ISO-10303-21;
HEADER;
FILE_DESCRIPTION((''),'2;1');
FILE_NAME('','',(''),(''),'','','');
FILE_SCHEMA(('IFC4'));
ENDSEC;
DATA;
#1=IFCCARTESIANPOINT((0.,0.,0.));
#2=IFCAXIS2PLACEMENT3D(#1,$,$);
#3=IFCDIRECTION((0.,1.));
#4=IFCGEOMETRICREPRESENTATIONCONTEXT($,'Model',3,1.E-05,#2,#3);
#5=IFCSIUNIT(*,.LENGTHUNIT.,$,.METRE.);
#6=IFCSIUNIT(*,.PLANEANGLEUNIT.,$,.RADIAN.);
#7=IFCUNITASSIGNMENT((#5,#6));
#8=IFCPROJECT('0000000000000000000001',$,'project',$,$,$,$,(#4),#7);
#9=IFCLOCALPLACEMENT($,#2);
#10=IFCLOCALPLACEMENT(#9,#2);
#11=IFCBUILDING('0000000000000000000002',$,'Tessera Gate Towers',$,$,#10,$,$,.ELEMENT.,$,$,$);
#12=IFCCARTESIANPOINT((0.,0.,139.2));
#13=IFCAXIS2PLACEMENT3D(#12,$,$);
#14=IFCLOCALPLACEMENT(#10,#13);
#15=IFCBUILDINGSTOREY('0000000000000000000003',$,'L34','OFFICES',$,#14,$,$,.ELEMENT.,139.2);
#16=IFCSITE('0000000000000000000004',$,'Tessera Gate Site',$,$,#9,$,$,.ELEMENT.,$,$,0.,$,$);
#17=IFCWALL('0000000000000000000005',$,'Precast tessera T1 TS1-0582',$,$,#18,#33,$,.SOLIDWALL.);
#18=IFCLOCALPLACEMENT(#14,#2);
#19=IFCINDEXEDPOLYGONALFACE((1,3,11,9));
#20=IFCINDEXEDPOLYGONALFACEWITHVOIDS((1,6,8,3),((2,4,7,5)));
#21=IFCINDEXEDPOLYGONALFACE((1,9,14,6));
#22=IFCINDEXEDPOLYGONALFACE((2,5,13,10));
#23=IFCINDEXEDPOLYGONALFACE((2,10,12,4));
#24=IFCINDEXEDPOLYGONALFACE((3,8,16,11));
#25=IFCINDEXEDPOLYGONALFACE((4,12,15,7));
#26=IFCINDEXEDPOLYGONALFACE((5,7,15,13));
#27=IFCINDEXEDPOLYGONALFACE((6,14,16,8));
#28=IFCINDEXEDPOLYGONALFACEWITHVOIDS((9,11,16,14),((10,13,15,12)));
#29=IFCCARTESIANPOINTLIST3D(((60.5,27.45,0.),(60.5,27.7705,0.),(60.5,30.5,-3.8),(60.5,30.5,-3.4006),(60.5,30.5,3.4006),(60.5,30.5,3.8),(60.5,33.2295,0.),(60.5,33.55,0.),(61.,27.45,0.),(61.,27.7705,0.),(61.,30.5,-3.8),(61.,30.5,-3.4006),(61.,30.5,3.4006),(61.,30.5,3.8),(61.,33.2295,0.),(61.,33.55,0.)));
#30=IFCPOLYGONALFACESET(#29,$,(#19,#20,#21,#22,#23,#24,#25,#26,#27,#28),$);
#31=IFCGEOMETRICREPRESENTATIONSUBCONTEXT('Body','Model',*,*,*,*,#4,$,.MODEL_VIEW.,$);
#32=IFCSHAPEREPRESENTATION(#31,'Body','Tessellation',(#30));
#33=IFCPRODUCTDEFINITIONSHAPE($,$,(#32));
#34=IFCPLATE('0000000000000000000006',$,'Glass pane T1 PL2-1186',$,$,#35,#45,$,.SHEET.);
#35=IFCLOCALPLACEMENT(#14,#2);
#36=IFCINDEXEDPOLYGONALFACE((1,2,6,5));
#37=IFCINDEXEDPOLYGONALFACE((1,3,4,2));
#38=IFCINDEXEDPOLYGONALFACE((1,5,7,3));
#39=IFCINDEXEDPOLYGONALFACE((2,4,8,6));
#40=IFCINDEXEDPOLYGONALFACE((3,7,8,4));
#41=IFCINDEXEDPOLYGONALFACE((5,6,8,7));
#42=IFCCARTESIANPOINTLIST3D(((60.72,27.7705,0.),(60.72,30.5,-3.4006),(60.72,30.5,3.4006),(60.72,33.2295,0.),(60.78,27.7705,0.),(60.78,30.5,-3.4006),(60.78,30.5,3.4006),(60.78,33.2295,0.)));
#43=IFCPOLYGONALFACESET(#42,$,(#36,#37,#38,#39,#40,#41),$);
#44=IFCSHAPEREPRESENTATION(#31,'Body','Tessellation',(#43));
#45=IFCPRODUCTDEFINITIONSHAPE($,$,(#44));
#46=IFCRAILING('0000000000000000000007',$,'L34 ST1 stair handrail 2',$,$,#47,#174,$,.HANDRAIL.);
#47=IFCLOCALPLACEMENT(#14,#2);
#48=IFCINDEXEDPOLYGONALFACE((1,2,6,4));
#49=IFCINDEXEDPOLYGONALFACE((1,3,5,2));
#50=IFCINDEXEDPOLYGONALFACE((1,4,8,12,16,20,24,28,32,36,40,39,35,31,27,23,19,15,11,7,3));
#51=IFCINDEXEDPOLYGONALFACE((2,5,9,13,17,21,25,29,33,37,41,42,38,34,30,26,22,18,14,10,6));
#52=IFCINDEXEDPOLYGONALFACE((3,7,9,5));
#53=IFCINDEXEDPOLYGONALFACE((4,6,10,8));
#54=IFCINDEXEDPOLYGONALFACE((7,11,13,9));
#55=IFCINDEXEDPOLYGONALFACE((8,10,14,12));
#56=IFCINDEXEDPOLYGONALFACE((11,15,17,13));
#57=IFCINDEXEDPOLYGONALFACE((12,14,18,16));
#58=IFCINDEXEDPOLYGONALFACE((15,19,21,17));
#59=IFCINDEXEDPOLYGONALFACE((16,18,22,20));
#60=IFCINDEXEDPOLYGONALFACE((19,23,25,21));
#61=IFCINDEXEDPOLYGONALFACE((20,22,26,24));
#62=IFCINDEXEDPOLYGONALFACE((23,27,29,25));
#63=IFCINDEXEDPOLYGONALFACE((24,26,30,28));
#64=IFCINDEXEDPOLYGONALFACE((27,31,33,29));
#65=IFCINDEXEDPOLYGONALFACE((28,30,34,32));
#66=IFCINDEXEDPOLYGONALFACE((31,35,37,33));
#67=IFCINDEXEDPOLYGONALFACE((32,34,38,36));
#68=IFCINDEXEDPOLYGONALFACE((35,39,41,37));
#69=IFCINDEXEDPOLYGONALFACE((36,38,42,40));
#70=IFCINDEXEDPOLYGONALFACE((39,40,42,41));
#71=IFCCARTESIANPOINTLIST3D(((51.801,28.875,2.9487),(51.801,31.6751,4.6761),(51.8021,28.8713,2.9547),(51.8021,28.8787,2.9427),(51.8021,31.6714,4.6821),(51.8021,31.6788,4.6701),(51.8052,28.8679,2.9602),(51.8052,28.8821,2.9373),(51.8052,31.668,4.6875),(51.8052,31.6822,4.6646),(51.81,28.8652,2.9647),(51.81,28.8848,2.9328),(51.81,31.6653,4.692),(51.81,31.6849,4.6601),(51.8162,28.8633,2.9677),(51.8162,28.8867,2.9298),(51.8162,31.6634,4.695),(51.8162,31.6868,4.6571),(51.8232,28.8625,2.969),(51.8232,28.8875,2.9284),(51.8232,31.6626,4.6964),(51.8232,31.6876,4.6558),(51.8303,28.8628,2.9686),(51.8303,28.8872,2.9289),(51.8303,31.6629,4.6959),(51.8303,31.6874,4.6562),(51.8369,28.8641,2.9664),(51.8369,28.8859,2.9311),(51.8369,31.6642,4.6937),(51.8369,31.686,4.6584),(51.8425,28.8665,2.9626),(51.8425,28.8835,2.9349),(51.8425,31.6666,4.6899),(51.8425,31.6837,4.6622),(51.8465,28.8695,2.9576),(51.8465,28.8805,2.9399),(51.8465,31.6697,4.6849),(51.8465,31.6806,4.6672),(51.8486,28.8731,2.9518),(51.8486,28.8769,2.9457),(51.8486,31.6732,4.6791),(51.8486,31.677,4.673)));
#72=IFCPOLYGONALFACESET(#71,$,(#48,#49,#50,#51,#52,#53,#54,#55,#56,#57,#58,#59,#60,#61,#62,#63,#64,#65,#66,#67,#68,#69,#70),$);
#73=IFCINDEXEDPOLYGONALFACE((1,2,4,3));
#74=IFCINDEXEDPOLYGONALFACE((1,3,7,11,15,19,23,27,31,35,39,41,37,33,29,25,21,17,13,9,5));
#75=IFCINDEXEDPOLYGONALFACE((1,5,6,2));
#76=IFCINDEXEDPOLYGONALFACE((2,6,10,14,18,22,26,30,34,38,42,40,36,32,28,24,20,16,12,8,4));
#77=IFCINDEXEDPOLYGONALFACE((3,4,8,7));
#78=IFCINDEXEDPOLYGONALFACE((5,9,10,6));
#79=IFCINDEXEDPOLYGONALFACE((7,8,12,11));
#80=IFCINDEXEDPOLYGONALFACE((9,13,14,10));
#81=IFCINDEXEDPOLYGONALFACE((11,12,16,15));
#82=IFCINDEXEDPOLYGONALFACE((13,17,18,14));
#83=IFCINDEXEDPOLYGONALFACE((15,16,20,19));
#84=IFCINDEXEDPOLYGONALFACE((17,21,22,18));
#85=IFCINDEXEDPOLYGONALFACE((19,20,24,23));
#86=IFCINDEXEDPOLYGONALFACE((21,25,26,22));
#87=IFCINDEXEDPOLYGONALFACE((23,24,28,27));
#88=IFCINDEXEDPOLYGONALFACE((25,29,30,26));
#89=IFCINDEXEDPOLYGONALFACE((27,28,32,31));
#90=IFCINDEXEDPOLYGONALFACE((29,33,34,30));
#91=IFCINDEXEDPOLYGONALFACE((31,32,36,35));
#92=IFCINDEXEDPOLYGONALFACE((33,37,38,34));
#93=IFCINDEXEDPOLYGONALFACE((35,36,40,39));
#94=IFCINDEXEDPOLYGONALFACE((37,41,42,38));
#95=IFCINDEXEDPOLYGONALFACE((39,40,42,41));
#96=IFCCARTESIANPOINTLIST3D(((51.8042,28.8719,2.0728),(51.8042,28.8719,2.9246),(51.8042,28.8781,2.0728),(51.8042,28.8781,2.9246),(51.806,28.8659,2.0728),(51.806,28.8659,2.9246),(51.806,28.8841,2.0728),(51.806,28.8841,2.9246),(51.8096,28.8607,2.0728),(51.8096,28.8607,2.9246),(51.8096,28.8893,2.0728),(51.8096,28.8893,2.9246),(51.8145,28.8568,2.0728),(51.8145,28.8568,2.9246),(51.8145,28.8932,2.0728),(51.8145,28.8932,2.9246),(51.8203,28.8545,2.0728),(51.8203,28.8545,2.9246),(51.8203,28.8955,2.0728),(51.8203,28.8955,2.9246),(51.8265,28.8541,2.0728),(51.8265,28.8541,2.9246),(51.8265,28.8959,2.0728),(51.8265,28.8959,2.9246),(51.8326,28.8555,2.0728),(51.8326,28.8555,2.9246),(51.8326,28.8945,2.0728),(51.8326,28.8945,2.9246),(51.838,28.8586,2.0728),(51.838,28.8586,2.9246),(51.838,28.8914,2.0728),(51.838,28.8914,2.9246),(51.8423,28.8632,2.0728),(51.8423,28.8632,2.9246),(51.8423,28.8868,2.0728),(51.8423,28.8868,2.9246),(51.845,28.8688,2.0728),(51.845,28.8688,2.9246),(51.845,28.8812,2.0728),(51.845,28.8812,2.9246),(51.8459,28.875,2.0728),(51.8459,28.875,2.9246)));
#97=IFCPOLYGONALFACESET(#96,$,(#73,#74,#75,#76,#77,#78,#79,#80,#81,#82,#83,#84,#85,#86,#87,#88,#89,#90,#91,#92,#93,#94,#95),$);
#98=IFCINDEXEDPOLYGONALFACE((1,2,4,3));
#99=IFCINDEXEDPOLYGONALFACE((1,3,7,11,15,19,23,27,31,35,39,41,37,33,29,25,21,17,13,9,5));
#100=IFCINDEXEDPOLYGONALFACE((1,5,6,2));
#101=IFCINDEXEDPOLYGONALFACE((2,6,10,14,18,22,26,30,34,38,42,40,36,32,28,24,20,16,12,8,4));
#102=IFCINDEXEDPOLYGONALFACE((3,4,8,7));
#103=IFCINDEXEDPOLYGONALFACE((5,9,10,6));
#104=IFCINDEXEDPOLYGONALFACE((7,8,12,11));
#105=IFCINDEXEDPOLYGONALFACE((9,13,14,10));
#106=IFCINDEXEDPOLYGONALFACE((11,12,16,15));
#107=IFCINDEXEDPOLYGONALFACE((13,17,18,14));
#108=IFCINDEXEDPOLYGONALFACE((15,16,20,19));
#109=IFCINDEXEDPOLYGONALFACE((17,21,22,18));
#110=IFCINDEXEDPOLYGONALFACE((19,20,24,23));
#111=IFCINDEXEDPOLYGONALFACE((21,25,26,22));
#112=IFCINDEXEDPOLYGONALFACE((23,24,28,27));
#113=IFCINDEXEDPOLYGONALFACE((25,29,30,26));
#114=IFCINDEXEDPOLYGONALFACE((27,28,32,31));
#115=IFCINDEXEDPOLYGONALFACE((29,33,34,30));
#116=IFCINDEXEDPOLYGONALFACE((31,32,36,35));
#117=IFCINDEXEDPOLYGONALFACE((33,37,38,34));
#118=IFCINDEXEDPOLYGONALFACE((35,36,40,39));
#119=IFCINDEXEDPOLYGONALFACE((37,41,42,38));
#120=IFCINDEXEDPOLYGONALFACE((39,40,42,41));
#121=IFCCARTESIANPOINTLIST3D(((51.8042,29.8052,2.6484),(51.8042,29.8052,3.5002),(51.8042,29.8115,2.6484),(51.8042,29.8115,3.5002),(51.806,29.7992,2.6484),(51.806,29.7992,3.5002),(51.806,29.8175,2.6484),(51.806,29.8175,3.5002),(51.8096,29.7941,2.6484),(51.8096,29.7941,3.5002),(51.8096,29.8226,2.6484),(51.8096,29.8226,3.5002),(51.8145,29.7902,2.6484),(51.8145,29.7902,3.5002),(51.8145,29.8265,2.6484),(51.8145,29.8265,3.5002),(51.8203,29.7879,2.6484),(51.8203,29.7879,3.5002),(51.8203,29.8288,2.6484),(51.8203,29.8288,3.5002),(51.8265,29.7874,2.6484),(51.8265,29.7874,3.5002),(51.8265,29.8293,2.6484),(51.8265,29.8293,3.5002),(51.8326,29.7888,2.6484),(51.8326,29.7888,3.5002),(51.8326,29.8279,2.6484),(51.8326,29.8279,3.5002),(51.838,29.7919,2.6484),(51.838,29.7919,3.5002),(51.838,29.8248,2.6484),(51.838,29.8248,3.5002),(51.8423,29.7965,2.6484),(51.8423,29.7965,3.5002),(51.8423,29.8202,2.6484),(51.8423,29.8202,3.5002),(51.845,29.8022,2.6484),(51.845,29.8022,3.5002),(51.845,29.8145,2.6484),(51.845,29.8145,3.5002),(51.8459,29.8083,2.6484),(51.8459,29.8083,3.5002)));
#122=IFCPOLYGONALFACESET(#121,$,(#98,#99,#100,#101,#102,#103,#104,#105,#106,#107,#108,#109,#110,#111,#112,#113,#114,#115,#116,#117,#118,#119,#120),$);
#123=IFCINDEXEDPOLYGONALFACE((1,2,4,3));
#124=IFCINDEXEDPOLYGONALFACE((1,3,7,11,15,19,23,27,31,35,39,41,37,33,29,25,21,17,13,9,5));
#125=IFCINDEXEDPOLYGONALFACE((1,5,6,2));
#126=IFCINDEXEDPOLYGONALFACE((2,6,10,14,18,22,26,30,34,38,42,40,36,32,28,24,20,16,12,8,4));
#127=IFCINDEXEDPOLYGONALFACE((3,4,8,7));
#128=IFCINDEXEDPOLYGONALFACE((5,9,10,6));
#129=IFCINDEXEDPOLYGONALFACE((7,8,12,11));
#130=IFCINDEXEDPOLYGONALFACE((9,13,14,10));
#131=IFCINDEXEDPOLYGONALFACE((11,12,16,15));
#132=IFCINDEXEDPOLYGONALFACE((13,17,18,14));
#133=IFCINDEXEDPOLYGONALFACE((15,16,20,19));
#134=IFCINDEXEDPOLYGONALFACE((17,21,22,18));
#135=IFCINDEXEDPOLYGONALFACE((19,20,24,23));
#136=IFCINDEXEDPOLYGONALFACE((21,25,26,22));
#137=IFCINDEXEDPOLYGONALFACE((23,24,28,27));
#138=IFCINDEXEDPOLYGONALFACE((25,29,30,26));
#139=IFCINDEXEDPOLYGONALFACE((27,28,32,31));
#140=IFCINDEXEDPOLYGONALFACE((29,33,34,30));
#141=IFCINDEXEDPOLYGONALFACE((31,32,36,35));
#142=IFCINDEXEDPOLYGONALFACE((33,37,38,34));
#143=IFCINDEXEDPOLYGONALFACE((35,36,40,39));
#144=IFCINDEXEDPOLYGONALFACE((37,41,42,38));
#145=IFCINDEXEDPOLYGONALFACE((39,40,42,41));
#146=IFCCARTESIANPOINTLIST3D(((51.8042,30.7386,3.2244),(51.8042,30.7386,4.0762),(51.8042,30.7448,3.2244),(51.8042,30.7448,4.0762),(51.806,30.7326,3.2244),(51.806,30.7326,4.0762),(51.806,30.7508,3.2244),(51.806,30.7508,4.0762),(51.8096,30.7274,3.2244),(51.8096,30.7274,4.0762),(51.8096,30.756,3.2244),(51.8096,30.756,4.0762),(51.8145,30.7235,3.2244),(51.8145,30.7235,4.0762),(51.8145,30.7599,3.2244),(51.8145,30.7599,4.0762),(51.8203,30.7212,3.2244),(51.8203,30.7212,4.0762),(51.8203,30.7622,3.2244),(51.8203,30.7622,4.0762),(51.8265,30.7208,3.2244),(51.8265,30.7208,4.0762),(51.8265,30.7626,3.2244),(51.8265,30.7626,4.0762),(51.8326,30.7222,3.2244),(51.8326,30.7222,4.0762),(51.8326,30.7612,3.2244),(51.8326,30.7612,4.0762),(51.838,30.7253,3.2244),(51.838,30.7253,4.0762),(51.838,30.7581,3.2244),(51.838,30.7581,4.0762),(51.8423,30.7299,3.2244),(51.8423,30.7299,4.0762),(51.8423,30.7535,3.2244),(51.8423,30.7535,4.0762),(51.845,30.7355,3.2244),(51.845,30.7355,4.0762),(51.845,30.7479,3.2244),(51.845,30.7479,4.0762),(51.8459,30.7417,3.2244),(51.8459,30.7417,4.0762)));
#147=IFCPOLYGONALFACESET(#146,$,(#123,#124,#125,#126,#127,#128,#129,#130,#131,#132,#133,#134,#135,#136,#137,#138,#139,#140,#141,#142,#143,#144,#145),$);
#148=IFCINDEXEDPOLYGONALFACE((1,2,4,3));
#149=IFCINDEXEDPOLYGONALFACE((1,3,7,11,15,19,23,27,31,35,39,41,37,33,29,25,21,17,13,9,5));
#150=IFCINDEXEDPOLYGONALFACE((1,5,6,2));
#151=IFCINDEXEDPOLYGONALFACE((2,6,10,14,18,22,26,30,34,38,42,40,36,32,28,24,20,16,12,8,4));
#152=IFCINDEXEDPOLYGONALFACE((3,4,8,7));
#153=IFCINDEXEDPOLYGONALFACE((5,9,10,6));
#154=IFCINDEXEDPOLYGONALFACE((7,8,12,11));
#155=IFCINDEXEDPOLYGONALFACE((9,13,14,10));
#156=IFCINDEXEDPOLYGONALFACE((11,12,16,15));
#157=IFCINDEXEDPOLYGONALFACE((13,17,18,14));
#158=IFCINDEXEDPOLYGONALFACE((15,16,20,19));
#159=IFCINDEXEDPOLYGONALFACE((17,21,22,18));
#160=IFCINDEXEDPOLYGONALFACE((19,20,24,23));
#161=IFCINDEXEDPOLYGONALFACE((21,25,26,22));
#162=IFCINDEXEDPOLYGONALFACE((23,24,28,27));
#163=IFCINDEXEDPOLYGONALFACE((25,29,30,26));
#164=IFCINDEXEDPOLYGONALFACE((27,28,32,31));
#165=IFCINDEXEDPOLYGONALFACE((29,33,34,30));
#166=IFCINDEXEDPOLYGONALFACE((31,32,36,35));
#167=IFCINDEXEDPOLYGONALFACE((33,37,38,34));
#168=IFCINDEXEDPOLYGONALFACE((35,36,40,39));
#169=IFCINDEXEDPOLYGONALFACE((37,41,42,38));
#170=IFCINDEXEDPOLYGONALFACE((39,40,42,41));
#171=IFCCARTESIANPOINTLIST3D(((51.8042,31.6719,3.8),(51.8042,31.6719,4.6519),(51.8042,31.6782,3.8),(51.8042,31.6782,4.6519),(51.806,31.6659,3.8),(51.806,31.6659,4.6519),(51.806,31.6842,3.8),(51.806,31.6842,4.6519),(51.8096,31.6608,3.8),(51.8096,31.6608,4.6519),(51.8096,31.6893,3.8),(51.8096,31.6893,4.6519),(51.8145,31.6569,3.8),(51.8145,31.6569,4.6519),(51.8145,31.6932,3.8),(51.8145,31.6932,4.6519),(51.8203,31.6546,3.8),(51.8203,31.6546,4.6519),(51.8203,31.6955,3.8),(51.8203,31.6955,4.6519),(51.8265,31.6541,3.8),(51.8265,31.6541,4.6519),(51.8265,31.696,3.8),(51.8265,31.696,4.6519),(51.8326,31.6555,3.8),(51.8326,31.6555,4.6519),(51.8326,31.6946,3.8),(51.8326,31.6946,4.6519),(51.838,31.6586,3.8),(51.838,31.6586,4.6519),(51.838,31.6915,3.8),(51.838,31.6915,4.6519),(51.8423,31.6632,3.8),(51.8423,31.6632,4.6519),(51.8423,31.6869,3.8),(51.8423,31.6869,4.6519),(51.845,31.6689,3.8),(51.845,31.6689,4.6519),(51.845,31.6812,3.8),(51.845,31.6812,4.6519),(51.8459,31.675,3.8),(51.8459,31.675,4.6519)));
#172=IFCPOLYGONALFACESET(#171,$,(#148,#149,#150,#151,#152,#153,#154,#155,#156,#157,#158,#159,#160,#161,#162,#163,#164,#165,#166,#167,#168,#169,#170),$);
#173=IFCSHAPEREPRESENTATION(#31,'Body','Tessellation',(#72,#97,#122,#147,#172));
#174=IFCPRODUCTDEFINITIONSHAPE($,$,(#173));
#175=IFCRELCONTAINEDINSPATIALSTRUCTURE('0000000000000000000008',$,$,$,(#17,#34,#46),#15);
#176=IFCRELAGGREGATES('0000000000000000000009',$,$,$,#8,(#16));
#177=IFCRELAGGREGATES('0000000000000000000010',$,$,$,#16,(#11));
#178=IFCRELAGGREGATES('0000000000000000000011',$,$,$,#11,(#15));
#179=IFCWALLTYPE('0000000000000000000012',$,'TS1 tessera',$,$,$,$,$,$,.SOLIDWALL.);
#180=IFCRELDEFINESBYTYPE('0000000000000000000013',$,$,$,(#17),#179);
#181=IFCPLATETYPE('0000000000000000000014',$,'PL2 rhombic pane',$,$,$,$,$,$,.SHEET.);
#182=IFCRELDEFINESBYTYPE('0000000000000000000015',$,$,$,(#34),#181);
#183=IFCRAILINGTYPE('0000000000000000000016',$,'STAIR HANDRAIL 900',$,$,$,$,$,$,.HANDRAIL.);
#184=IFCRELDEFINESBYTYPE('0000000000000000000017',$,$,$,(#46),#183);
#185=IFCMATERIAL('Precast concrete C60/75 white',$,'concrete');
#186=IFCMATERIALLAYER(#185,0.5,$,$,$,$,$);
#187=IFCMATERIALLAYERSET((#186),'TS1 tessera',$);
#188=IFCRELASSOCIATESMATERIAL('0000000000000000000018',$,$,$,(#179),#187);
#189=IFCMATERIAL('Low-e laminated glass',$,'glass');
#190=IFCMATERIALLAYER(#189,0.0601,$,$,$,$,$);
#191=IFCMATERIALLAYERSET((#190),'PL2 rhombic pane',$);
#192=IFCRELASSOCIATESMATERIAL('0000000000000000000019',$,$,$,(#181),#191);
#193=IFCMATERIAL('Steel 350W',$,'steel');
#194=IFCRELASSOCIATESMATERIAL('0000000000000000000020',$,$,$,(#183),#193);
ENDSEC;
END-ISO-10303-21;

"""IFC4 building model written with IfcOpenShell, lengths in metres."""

from ifc_helpers import new_model, si_unit, direction, frame, origin, origin_2d, place, context, subcontext, project, spatial, polyline, circle, outline, extrude, source, transform, mapped, material, layer, layer_set, type_object, element, fill, save


model = new_model("IFC4")

# Units and contexts
model_context = context("Model", 3, precision=1e-05, world=origin(), true_north=direction((0.0, 1.0)))
body_context = subcontext(model_context, "Body", "Model", "MODEL_VIEW")
ifc_project = project(units=[si_unit("LENGTHUNIT", "METRE"), si_unit("PLANEANGLEUNIT", "RADIAN")], contexts=[model_context])

# Site, building, storey
site_placement = place(None, origin())
site = spatial("IfcSite", under=ifc_project, at=site_placement, Name="Tessera Gate Site", CompositionType="ELEMENT", RefElevation=0.0)
building_placement = place(site_placement, origin())
building = spatial("IfcBuilding", under=site, at=building_placement, Name="Tessera Gate Towers", CompositionType="ELEMENT")
storey_placement = place(building_placement, frame((0.0, 0.0, 139.2)))
storey = spatial("IfcBuildingStorey", under=building, at=storey_placement, Name="L34", Description="OFFICES", CompositionType="ELEMENT", Elevation=139.2)

# Wall, opening, plate
ifc_material_1 = material(Name="Precast concrete C60/75 white", Category="concrete")
ifc_layer_1 = layer(ifc_material_1, 0.5)
ifc_layer_set_1 = layer_set([ifc_layer_1], Name="TS1 tessera")
wall_type_1 = type_object("IfcWallType", Name="TS1 tessera", PredefinedType="SOLIDWALL", material=ifc_layer_set_1)
shared_shape_1 = source(origin(), body_context, "Body", "SweptSolid", [
    extrude(outline(polyline([(3.05, 0.0), (6.1001, 3.8), (3.05, 7.6001), (0.0, 3.8), (3.05, 0.0)])), frame((0.0, 0.25, 0.0), z_axis=(0.0, -1.0, 0.0), x_axis=(1.0, 0.0, 0.0)), (0.0, 0.0, 1.0), 0.5),
])
shared_shape_2 = source(origin(), body_context, "Body", "SweptSolid", [
    extrude(outline(polyline([(3.05, 0.3994), (5.7795, 3.8), (3.05, 7.2007), (0.3206, 3.8), (3.05, 0.3994)])), frame((0.0, 0.26, 0.0), z_axis=(0.0, -1.0, 0.0), x_axis=(1.0, 0.0, 0.0)), (0.0, 0.0, 1.0), 0.52),
])
ifc_material_2 = material(Name="Low-e laminated glass", Category="glass")
ifc_layer_2 = layer(ifc_material_2, 0.0601)
ifc_layer_set_2 = layer_set([ifc_layer_2], Name="PL2 rhombic pane")
plate_type = type_object("IfcPlateType", Name="PL2 rhombic pane", PredefinedType="SHEET", material=ifc_layer_set_2)
shared_shape_3 = source(origin(), body_context, "Body", "SweptSolid", [
    extrude(outline(polyline([(3.05, 0.3994), (5.7795, 3.8), (3.05, 7.2007), (0.3206, 3.8), (3.05, 0.3994)])), frame((0.0, 0.03, 0.0), z_axis=(0.0, -1.0, 0.0), x_axis=(1.0, 0.0, 0.0)), (0.0, 0.0, 1.0), 0.0601),
])
wall_1_placement = place(storey_placement, frame((60.75, 27.45, -3.8), z_axis=(0.0, 0.0, 1.0), x_axis=(0.0, 1.0, 0.0)))
wall_1 = element("IfcWall", 1, at=wall_1_placement, inside=storey, type_object=wall_type_1, Name="Precast tessera T1 TS1-0582", PredefinedType="SOLIDWALL", context=body_context, shape_type="MappedRepresentation", body=[
    mapped(shared_shape_1, transform((0.0, 0.0, 0.0), scale=1.0)),
])
opening_1_placement = place(wall_1_placement, origin())
opening_1 = element("IfcOpeningElement", 2, at=opening_1_placement, cuts=wall_1, PredefinedType="OPENING", context=body_context, shape_type="MappedRepresentation", body=[
    mapped(shared_shape_2, transform((0.0, 0.0, 0.0), scale=1.0)),
])
plate_1_placement = place(opening_1_placement, origin())
plate_1 = element("IfcPlate", 3, at=plate_1_placement, inside=storey, type_object=plate_type, Name="Glass pane T1 PL2-1186", PredefinedType="SHEET", context=body_context, shape_type="MappedRepresentation", body=[
    mapped(shared_shape_3, transform((0.0, 0.0, 0.0), scale=1.0)),
])
fill(opening_1, plate_1)

# Railing
ifc_material_3 = material(Name="Steel 350W", Category="steel")
railing_type = type_object("IfcRailingType", Name="STAIR HANDRAIL 900", PredefinedType="HANDRAIL", material=ifc_material_3)
railing_placement = place(storey_placement, frame((51.825, 28.875, 2.0728)))
element("IfcRailing", 4, at=railing_placement, inside=storey, type_object=railing_type, Name="L34 ST1 stair handrail 2", PredefinedType="HANDRAIL", context=body_context, shape_type="SweptSolid", body=[
    extrude(circle(Radius=0.0239, at=origin_2d()), frame((0.0, 0.0, 0.876), z_axis=(0.0, 0.85109, 0.52502), x_axis=(-1.0, 0.0, 0.0)), (0.0, 0.0, 1.0), 3.29),
    extrude(circle(Radius=0.021, at=origin_2d()), origin(), (0.0, 0.0, 1.0), 0.8518),
    extrude(circle(Radius=0.021, at=origin_2d()), frame((0.0, 0.9333, 0.5757)), (0.0, 0.0, 1.0), 0.8518),
    extrude(circle(Radius=0.021, at=origin_2d()), frame((0.0, 1.8667, 1.1516)), (0.0, 0.0, 1.0), 0.8518),
    extrude(circle(Radius=0.021, at=origin_2d()), frame((0.0, 2.8, 1.7273)), (0.0, 0.0, 1.0), 0.8518),
])

save(model, "model.ifc")
